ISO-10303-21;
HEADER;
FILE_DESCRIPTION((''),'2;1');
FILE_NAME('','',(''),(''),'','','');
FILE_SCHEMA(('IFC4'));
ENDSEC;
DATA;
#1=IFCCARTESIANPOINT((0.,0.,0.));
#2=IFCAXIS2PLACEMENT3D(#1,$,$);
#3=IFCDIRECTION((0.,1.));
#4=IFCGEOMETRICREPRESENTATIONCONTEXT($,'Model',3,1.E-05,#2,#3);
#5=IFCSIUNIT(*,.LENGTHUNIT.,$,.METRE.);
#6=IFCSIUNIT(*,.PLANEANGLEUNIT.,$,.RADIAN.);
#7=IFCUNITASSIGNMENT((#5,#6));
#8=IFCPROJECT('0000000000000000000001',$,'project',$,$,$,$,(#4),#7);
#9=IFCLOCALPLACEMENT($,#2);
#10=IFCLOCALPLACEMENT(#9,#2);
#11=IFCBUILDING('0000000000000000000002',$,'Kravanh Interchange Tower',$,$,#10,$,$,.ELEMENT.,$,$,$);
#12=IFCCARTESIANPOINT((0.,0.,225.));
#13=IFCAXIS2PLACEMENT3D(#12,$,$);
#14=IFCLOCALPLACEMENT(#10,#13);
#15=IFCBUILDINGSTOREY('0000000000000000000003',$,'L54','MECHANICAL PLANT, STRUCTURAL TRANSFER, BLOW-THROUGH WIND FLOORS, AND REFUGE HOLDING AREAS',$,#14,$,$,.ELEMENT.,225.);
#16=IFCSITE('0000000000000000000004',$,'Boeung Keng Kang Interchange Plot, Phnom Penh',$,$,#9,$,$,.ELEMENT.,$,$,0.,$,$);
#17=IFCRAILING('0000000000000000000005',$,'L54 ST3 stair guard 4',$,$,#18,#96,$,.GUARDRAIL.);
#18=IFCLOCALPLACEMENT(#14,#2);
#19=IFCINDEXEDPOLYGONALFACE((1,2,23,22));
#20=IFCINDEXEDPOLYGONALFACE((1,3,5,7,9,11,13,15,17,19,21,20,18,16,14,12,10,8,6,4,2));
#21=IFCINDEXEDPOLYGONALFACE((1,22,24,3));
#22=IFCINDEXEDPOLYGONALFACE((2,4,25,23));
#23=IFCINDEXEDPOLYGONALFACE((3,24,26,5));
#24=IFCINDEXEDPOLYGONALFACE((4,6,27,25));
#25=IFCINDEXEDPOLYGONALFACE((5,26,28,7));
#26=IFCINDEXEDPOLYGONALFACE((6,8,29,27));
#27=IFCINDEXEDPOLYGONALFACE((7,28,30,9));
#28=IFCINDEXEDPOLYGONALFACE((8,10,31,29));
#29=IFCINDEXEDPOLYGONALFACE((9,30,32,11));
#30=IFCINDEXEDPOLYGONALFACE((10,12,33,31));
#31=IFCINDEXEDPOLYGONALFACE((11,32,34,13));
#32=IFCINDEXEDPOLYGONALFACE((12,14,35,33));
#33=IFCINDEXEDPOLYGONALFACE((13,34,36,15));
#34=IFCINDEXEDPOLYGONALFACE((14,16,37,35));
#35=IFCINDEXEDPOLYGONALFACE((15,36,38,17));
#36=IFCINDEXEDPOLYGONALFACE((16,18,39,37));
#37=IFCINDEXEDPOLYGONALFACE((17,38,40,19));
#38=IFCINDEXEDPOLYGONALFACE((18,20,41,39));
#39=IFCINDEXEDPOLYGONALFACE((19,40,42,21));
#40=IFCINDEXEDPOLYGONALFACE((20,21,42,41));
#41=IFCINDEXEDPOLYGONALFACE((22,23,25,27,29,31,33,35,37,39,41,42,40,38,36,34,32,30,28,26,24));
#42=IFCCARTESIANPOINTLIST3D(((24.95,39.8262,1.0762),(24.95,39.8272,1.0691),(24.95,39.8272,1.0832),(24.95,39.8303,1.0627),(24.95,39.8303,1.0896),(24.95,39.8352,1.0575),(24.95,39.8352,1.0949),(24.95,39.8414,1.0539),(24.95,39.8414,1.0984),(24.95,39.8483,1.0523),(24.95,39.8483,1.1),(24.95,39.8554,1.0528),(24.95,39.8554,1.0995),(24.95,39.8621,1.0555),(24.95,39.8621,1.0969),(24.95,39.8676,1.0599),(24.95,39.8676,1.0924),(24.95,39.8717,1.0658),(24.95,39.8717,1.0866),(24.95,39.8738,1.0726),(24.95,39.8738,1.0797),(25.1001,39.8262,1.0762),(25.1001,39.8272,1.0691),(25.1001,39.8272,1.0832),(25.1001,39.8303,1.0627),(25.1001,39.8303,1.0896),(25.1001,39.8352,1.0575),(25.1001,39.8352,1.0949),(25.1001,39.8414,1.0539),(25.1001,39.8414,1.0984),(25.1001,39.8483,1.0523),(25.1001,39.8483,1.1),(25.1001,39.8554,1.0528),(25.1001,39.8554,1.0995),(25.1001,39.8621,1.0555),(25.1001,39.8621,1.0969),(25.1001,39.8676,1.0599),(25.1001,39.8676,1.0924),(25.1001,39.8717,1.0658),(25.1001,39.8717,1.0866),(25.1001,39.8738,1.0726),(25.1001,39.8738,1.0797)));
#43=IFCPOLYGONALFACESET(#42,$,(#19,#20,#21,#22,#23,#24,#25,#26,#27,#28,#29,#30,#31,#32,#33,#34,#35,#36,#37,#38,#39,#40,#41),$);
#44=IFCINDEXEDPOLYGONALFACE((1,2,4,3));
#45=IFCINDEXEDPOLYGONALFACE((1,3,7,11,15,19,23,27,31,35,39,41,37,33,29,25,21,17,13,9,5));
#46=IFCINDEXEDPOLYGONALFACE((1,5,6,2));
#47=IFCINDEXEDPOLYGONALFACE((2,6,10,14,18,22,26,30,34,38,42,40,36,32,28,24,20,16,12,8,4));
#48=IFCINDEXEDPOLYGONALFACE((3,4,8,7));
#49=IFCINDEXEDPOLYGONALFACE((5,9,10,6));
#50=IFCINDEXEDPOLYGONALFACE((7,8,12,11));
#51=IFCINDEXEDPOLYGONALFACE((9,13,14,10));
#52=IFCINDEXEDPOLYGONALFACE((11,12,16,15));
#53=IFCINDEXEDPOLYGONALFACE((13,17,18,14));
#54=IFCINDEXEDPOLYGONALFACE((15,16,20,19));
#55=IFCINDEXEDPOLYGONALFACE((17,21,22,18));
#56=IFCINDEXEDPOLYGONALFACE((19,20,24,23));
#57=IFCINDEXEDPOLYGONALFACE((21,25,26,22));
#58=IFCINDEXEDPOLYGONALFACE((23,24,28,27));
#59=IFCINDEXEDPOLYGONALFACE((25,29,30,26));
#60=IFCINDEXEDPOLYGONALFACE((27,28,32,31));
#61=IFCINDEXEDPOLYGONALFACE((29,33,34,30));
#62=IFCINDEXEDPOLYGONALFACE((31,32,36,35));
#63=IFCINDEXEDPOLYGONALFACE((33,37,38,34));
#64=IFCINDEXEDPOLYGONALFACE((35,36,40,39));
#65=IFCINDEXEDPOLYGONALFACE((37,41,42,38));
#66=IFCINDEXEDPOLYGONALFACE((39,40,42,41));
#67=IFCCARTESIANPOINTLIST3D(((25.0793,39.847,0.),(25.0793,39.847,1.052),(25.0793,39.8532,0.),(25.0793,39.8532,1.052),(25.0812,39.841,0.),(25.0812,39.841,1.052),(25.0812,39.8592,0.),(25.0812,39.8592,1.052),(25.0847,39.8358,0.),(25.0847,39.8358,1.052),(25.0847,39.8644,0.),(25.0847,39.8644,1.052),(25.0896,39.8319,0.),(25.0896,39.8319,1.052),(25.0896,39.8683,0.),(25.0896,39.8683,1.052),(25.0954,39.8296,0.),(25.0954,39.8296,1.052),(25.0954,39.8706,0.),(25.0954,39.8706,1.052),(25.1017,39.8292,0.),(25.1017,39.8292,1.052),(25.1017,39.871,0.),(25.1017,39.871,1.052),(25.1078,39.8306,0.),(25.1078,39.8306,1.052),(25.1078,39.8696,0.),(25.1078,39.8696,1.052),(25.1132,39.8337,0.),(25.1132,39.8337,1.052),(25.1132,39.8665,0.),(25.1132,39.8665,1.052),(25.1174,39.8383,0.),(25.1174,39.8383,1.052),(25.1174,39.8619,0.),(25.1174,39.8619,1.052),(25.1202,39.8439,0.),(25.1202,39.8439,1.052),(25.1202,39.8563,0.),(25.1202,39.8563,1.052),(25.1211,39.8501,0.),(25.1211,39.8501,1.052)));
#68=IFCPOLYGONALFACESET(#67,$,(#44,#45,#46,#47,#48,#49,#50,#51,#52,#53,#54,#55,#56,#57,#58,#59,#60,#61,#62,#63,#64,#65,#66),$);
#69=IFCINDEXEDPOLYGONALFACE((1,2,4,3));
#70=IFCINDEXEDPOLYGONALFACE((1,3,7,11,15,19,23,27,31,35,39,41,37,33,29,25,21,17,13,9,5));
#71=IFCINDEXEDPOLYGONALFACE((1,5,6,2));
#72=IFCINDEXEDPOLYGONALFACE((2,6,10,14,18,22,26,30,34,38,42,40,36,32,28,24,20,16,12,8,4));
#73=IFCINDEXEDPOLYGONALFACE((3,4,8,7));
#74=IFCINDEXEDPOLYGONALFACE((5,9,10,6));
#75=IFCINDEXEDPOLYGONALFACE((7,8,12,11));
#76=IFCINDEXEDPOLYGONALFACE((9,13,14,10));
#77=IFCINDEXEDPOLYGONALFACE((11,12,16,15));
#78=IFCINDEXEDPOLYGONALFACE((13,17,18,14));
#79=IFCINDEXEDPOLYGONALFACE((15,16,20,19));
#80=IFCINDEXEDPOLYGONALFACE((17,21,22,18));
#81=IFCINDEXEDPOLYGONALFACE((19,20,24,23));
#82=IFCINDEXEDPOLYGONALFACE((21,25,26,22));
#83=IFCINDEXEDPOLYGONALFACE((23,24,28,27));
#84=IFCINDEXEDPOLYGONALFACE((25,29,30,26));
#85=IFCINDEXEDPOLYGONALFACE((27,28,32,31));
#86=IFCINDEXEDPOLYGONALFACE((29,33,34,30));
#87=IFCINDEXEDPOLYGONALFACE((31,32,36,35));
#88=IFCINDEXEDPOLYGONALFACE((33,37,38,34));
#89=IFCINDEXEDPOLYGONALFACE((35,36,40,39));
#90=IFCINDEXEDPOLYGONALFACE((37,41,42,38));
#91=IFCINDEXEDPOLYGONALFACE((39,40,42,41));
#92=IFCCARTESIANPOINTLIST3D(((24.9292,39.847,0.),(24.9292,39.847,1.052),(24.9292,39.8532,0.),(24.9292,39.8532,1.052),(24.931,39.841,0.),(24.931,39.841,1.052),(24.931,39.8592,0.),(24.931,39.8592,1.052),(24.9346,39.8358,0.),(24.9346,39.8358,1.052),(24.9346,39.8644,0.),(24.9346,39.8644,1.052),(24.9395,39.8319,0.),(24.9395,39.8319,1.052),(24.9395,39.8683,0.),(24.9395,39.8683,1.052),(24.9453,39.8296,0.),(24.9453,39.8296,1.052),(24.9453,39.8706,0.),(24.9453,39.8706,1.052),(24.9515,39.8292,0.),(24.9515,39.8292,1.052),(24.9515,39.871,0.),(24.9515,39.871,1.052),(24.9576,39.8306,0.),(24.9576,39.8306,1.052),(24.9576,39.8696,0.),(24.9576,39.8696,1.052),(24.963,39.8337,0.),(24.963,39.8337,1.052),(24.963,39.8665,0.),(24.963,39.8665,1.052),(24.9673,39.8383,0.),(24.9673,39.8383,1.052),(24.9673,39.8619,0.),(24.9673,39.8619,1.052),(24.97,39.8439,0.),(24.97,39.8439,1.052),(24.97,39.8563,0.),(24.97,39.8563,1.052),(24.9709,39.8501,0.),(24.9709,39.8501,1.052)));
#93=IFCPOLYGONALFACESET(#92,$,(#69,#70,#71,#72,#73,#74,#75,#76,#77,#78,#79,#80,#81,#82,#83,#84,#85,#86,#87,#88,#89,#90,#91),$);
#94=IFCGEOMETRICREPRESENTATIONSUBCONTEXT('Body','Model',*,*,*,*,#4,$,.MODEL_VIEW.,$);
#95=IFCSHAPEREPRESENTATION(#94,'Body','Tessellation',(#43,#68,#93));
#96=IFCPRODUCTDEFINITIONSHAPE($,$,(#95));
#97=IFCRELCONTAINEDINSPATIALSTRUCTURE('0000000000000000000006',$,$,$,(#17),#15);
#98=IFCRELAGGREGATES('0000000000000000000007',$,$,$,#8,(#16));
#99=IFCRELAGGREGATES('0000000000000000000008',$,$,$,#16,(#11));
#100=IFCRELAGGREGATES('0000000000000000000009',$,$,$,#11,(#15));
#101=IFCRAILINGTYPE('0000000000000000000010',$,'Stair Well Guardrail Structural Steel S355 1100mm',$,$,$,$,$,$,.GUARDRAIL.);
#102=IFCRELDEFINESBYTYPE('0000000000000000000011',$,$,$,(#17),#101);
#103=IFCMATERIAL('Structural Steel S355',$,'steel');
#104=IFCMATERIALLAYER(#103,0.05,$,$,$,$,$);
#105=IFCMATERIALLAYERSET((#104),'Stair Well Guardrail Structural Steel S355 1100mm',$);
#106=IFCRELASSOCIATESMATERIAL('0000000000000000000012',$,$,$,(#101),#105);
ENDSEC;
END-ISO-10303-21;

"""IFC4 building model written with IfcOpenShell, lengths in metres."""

from ifc_helpers import new_model, si_unit, direction, frame, origin, origin_2d, place, context, subcontext, project, spatial, circle, extrude, material, layer, layer_set, type_object, element, save


model = new_model("IFC4")

# Units and contexts
model_context = context("Model", 3, precision=1e-05, world=origin(), true_north=direction((0.0, 1.0)))
body_context = subcontext(model_context, "Body", "Model", "MODEL_VIEW")
ifc_project = project(units=[si_unit("LENGTHUNIT", "METRE"), si_unit("PLANEANGLEUNIT", "RADIAN")], contexts=[model_context])

# Site, building, storey
site_placement = place(None, origin())
site = spatial("IfcSite", under=ifc_project, at=site_placement, Name="Boeung Keng Kang Interchange Plot, Phnom Penh", CompositionType="ELEMENT", RefElevation=0.0)
building_placement = place(site_placement, origin())
building = spatial("IfcBuilding", under=site, at=building_placement, Name="Kravanh Interchange Tower", CompositionType="ELEMENT")
storey_placement = place(building_placement, frame((0.0, 0.0, 225.0)))
storey = spatial("IfcBuildingStorey", under=building, at=storey_placement, Name="L54", Description="MECHANICAL PLANT, STRUCTURAL TRANSFER, BLOW-THROUGH WIND FLOORS, AND REFUGE HOLDING AREAS", CompositionType="ELEMENT", Elevation=225.0)

# Railing
ifc_material_1 = material(Name="Structural Steel S355", Category="steel")
ifc_layer_1 = layer(ifc_material_1, 0.05)
ifc_layer_set_1 = layer_set([ifc_layer_1], Name="Stair Well Guardrail Structural Steel S355 1100mm")
railing_type_1 = type_object("IfcRailingType", Name="Stair Well Guardrail Structural Steel S355 1100mm", PredefinedType="GUARDRAIL", material=ifc_layer_set_1)
railing_1_placement = place(storey_placement, frame((25.1001, 39.8501, 0.0)))
element("IfcRailing", 1, at=railing_1_placement, inside=storey, type_object=railing_type_1, Name="L54 ST3 stair guard 4", PredefinedType="GUARDRAIL", context=body_context, shape_type="SweptSolid", body=[
    extrude(circle(Radius=0.0239, at=origin_2d()), frame((0.0, 0.0, 1.0762), z_axis=(-1.0, 0.0, 0.0), x_axis=(0.0, -1.0, 0.0)), (0.0, 0.0, 1.0), 0.1501),
    extrude(circle(Radius=0.021, at=origin_2d()), origin(), (0.0, 0.0, 1.0), 1.052),
    extrude(circle(Radius=0.021, at=origin_2d()), frame((-0.1501, 0.0, 0.0)), (0.0, 0.0, 1.0), 1.052),
])

save(model, "model.ifc")
